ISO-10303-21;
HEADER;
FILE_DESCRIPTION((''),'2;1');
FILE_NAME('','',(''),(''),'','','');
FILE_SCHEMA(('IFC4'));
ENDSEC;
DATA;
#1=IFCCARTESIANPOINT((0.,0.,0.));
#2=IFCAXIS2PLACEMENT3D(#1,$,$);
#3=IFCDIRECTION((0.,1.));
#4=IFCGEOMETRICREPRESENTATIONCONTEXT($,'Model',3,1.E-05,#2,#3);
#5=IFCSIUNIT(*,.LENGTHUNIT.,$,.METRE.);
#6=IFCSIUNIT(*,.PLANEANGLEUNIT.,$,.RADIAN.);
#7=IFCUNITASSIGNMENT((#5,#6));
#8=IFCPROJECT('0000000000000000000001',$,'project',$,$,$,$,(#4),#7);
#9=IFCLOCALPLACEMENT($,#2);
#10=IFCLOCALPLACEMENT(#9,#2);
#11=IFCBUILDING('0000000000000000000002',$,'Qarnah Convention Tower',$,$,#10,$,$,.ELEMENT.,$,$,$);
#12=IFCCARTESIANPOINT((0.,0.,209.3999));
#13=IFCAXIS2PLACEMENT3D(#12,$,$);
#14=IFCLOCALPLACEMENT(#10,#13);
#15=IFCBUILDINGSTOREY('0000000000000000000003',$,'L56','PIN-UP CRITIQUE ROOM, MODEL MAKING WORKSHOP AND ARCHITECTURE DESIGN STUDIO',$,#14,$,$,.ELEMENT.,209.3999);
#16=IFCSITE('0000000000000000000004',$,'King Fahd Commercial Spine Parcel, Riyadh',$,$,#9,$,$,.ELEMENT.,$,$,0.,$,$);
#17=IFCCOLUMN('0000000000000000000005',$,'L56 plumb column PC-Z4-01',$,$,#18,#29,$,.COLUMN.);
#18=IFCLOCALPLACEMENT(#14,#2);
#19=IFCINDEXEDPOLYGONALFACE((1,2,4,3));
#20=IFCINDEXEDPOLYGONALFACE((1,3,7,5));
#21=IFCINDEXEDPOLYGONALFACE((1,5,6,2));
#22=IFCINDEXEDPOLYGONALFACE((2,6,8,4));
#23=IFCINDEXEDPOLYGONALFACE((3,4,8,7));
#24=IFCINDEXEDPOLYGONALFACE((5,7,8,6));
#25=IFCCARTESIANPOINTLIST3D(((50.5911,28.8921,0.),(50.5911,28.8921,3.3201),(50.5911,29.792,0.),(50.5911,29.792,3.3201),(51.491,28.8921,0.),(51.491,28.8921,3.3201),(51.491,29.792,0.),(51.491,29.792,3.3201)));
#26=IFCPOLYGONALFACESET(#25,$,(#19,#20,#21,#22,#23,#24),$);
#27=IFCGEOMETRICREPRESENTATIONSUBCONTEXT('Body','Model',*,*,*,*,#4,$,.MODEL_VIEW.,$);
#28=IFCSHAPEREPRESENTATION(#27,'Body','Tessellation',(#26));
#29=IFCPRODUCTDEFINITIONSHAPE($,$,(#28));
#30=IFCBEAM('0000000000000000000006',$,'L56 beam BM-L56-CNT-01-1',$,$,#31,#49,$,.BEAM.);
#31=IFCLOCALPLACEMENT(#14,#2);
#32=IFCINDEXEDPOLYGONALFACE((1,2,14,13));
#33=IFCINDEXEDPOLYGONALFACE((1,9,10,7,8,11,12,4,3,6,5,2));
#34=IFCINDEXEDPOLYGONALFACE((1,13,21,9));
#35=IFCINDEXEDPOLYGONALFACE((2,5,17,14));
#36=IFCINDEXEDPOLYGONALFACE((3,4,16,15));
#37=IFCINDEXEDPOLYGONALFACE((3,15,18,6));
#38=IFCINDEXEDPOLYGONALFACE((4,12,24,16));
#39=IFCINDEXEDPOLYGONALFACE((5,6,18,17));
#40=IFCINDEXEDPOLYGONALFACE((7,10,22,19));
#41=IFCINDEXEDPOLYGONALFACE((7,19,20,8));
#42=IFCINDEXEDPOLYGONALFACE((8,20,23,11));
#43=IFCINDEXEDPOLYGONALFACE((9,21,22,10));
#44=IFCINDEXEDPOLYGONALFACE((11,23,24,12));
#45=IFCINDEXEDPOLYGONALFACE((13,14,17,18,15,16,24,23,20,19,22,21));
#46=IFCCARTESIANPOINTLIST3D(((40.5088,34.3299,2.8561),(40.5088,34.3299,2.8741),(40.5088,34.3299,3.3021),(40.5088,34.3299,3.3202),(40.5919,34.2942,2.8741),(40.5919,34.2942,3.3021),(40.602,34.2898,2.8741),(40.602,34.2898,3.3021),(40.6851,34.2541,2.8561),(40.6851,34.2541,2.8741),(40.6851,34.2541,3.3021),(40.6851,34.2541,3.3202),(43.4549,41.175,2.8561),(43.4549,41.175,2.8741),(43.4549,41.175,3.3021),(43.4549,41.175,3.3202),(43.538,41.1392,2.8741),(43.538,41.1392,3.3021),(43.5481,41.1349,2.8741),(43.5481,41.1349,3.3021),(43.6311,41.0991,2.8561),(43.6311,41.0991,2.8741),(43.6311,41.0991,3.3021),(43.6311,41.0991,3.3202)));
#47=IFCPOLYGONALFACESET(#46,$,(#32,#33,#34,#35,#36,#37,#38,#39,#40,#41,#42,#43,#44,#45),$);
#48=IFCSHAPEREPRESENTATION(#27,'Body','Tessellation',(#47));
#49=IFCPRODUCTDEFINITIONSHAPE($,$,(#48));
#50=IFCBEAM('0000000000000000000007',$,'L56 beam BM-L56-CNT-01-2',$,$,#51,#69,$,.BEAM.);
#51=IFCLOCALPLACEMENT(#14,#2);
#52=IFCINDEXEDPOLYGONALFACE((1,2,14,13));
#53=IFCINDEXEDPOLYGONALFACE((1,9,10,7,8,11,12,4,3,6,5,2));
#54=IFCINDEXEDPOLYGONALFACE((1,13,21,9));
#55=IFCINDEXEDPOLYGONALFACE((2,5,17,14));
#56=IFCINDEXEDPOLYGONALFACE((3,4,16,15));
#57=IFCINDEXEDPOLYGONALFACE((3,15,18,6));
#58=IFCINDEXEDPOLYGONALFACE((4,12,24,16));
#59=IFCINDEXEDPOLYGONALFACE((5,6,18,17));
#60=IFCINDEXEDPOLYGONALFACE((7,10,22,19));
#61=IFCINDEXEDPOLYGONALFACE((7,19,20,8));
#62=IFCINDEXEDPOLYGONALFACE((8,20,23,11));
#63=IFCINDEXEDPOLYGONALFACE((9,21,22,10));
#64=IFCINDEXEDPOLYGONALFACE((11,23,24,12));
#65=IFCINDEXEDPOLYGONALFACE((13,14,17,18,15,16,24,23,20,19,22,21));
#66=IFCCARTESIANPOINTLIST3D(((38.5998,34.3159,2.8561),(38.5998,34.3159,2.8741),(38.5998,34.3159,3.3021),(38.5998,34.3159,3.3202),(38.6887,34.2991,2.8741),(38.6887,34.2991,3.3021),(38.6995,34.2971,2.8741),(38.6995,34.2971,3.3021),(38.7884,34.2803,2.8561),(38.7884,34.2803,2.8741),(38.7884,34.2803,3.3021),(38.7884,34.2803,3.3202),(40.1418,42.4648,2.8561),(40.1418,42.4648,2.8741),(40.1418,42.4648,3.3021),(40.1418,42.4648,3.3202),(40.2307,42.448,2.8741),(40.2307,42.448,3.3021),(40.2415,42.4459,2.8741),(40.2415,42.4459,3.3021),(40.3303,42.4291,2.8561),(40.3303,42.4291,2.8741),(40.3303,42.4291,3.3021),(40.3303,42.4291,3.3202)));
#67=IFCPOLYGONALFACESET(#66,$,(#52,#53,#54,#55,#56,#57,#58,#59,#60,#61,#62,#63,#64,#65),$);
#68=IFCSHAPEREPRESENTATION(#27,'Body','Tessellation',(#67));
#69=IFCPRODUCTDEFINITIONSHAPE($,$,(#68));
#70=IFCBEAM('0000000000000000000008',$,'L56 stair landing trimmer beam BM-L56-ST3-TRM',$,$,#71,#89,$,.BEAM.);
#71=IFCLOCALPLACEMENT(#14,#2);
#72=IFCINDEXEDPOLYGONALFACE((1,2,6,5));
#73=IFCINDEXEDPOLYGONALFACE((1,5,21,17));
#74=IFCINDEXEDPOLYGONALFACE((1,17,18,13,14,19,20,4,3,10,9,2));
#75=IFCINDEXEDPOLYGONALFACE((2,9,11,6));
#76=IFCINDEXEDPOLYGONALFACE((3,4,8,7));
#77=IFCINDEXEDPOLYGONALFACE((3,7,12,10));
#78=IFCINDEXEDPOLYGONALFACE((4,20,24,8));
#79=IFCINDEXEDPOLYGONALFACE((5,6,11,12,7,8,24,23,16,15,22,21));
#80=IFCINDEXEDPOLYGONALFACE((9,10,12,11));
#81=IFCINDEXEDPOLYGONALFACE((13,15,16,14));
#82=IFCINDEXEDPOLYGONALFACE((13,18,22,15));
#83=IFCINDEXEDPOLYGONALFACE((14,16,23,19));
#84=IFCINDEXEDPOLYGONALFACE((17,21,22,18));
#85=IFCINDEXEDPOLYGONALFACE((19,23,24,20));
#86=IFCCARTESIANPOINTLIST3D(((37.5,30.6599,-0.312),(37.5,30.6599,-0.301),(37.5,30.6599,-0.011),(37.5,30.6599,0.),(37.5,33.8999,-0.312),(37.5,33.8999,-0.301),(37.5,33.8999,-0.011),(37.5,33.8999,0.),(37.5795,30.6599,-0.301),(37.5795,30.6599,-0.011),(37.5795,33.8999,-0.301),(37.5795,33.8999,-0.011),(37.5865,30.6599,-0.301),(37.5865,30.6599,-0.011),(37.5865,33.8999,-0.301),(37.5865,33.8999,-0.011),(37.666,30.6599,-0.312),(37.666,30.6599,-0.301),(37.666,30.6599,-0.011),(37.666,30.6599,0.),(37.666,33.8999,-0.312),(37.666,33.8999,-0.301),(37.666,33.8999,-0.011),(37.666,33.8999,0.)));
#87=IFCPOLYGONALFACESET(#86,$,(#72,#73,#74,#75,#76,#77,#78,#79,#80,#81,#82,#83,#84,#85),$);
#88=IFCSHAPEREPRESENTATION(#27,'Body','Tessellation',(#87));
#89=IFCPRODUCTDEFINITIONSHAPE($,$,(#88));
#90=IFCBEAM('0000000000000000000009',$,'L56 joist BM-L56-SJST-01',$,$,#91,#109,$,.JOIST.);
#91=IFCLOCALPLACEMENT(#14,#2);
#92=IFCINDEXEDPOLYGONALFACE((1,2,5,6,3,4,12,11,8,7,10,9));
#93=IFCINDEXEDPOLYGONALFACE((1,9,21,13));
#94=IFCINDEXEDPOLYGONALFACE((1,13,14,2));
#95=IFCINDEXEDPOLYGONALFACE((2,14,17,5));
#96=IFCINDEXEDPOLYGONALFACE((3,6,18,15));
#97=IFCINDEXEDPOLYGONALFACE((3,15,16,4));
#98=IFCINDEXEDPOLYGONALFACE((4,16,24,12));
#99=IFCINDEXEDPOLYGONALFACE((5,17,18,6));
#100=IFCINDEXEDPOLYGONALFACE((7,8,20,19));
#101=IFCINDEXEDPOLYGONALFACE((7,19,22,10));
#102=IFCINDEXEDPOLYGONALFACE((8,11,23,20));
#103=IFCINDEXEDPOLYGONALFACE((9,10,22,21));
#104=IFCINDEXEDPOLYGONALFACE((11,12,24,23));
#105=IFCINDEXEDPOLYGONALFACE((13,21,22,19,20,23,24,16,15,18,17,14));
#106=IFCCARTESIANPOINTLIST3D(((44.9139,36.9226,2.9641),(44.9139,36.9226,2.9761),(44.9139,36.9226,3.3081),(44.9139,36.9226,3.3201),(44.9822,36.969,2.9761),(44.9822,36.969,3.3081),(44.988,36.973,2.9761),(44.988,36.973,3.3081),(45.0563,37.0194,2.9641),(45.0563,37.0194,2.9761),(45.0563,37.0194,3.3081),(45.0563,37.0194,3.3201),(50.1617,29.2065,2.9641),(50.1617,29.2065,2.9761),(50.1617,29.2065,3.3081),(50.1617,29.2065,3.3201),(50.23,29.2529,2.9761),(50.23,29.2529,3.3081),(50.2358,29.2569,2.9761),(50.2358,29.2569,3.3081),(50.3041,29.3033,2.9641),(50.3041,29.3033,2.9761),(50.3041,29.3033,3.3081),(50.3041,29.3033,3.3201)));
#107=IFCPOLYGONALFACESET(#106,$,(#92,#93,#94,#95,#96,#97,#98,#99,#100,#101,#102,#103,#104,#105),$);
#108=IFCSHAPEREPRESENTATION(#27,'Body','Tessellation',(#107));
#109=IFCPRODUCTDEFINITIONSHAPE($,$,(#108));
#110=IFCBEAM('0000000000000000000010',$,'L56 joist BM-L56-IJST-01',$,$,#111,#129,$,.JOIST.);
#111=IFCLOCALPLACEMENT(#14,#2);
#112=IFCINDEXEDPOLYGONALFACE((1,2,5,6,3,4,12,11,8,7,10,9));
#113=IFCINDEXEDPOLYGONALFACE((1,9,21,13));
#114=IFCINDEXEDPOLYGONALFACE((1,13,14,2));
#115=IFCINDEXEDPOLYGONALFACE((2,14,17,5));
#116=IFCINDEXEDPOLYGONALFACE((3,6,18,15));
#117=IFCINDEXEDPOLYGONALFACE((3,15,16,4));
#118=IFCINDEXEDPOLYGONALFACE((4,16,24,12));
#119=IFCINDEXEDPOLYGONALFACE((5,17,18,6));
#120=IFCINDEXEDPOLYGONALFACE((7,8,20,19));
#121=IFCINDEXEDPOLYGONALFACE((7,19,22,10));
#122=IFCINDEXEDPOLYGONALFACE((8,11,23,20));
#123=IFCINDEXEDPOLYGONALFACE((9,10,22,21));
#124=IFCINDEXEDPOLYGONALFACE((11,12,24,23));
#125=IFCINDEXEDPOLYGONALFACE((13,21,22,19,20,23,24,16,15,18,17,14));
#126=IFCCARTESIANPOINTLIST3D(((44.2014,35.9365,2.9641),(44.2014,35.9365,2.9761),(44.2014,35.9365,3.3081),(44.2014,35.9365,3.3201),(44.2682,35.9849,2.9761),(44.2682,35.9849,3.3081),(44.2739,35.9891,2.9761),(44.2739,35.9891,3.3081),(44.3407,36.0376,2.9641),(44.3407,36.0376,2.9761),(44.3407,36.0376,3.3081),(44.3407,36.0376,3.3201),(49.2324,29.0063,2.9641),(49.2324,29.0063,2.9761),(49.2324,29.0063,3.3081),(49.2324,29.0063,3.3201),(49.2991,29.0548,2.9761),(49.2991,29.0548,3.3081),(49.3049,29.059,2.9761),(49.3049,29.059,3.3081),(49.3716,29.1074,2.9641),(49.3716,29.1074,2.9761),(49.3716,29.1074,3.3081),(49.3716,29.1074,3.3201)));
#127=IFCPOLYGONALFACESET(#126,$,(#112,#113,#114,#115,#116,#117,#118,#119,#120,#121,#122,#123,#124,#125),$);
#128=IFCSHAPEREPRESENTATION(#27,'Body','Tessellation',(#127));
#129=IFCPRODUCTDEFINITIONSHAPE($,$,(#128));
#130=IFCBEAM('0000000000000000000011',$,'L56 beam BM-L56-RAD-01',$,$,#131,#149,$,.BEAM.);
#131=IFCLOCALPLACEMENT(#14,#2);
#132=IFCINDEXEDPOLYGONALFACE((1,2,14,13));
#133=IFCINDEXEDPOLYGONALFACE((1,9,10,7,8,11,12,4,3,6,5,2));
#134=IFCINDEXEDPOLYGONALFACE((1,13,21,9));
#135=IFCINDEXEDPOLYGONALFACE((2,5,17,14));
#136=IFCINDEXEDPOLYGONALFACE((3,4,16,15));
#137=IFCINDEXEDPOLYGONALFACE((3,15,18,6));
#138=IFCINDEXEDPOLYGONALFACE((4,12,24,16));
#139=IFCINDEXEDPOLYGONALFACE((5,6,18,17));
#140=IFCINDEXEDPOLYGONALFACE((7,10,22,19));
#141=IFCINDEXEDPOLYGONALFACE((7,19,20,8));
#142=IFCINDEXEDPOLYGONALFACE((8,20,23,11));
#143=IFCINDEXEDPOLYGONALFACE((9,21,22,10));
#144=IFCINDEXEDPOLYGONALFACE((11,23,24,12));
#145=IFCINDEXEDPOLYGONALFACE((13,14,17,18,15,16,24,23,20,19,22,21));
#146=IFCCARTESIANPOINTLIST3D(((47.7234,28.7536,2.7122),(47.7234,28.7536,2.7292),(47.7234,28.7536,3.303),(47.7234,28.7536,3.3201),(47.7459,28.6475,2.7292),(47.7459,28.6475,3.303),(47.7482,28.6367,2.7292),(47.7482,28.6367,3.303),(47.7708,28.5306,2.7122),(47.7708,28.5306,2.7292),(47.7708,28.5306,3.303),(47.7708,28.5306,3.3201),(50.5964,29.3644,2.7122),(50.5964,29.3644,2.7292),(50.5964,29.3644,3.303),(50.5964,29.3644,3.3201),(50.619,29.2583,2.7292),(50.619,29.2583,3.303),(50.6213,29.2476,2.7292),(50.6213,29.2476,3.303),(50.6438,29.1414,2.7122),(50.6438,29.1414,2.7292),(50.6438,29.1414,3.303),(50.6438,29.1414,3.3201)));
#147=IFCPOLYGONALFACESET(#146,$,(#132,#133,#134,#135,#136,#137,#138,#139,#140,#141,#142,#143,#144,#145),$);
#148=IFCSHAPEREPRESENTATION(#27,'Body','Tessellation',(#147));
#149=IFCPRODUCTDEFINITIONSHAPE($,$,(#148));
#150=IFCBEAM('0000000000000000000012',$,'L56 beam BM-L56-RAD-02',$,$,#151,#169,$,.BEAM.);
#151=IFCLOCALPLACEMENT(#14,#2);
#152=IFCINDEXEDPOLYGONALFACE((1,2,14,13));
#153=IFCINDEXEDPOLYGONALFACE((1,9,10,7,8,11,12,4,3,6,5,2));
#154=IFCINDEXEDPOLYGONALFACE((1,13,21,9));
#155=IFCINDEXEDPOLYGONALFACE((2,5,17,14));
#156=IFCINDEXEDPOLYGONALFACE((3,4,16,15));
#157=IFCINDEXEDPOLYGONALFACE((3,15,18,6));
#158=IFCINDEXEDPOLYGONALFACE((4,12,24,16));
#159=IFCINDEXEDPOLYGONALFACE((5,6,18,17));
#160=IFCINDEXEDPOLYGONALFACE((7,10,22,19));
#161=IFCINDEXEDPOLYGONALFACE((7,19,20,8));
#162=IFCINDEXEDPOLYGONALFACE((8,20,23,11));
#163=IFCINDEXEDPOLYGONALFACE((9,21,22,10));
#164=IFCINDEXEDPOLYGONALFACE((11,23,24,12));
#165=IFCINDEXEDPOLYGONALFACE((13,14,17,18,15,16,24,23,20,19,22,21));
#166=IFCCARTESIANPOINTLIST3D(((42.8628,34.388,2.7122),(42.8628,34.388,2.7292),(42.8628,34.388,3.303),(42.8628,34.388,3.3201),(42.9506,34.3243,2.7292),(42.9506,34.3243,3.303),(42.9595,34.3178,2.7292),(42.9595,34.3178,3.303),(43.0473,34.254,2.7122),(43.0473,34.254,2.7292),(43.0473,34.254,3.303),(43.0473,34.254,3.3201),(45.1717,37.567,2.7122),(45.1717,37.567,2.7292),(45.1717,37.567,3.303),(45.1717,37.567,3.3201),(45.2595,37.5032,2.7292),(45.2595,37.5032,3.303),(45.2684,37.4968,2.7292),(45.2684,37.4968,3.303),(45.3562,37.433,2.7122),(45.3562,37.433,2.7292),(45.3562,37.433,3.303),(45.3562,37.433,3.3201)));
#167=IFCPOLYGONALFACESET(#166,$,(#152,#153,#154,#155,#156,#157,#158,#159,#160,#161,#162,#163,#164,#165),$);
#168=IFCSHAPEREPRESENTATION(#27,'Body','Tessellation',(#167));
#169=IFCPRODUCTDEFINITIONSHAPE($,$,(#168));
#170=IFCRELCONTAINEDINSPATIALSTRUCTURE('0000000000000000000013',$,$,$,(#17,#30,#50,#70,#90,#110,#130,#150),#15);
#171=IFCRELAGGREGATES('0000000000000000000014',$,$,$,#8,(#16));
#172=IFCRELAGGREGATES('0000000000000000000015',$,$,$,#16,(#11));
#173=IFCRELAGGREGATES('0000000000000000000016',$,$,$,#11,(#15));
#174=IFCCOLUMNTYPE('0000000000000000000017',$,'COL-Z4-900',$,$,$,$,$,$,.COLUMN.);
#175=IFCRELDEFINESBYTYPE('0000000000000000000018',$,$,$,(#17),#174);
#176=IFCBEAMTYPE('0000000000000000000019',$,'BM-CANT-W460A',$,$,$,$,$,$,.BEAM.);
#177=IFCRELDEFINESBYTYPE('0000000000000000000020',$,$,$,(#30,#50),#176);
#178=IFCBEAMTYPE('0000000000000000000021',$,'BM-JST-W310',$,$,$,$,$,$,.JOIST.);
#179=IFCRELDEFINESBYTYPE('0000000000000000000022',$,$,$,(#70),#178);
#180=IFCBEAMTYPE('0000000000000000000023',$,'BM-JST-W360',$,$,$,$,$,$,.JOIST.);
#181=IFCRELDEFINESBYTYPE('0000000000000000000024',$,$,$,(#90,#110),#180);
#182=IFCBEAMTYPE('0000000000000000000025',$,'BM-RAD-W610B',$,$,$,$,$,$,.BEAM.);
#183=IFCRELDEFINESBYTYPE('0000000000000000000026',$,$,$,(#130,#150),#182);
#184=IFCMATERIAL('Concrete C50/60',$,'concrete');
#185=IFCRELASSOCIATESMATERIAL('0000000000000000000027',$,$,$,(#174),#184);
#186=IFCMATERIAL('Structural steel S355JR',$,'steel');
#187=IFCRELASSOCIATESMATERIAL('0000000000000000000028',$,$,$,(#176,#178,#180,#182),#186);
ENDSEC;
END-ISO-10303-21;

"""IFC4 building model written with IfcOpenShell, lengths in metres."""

from ifc_helpers import new_model, si_unit, direction, frame, origin, origin_2d, place, context, subcontext, project, spatial, rectangle, i_section, extrude, material, material_profile, profile_set, type_object, element, save


model = new_model("IFC4")

# Units and contexts
model_context = context("Model", 3, precision=1e-05, world=origin(), true_north=direction((0.0, 1.0)))
body_context = subcontext(model_context, "Body", "Model", "MODEL_VIEW")
ifc_project = project(units=[si_unit("LENGTHUNIT", "METRE"), si_unit("PLANEANGLEUNIT", "RADIAN")], contexts=[model_context])

# Site, building, storey
site_placement = place(None, origin())
site = spatial("IfcSite", under=ifc_project, at=site_placement, Name="King Fahd Commercial Spine Parcel, Riyadh", CompositionType="ELEMENT", RefElevation=0.0)
building_placement = place(site_placement, origin())
building = spatial("IfcBuilding", under=site, at=building_placement, Name="Qarnah Convention Tower", CompositionType="ELEMENT")
storey_placement = place(building_placement, frame((0.0, 0.0, 209.3999)))
storey = spatial("IfcBuildingStorey", under=building, at=storey_placement, Name="L56", Description="PIN-UP CRITIQUE ROOM, MODEL MAKING WORKSHOP AND ARCHITECTURE DESIGN STUDIO", CompositionType="ELEMENT", Elevation=209.3999)

# Column
ifc_material_1 = material(Name="Concrete C50/60", Category="concrete")
ifc_material_profile_1 = material_profile(ifc_material_1, rectangle(XDim=0.8999, YDim=0.8999, at=origin_2d()), Name="RC-COL-900X900")
ifc_profile_set_1 = profile_set([ifc_material_profile_1], Name="Concrete C50/60")
column_type = type_object("IfcColumnType", Name="COL-Z4-900", PredefinedType="COLUMN", material=ifc_profile_set_1)
column_placement = place(storey_placement, frame((51.041, 29.342, 0.0), z_axis=(0.0, 0.0, 1.0), x_axis=(1.0, 0.0, 0.0)))
element("IfcColumn", 1, at=column_placement, inside=storey, type_object=column_type, Name="L56 plumb column PC-Z4-01", PredefinedType="COLUMN", context=body_context, shape_type="SweptSolid", body=[
    extrude(rectangle(XDim=0.8999, YDim=0.8999, at=origin_2d()), origin(), (0.0, 0.0, 1.0), 3.3201),
])

# Beams
ifc_material_2 = material(Name="Structural steel S355JR", Category="steel")
ifc_material_profile_2 = material_profile(ifc_material_2, i_section(OverallWidth=0.1919, OverallDepth=0.4641, WebThickness=0.011, FlangeThickness=0.0181, at=origin_2d()), Name="W460X89")
ifc_profile_set_2 = profile_set([ifc_material_profile_2], Name="Structural steel S355JR")
beam_type_1 = type_object("IfcBeamType", Name="BM-CANT-W460A", PredefinedType="BEAM", material=ifc_profile_set_2)
beam_1_placement = place(storey_placement, frame((40.5969, 34.292, 3.0881), z_axis=(0.395334, 0.918537, 0.0), x_axis=(-0.918537, 0.395334, 0.0)))
element("IfcBeam", 2, at=beam_1_placement, inside=storey, type_object=beam_type_1, Name="L56 beam BM-L56-CNT-01-1", PredefinedType="BEAM", context=body_context, shape_type="SweptSolid", body=[
    extrude(i_section(OverallWidth=0.1919, OverallDepth=0.4641, WebThickness=0.011, FlangeThickness=0.0181, at=origin_2d()), origin(), (0.0, 0.0, 1.0), 7.4521),
])
beam_2_placement = place(storey_placement, frame((38.6941, 34.2981, 3.0881), z_axis=(0.185927, 0.982564, 0.0), x_axis=(-0.982564, 0.185927, 0.0)))
element("IfcBeam", 3, at=beam_2_placement, inside=storey, type_object=beam_type_1, Name="L56 beam BM-L56-CNT-01-2", PredefinedType="BEAM", context=body_context, shape_type="SweptSolid", body=[
    extrude(i_section(OverallWidth=0.1919, OverallDepth=0.4641, WebThickness=0.011, FlangeThickness=0.0181, at=origin_2d()), origin(), (0.0, 0.0, 1.0), 8.2935),
])
ifc_material_profile_3 = material_profile(ifc_material_2, i_section(OverallWidth=0.166, OverallDepth=0.312, WebThickness=0.0071, FlangeThickness=0.011, at=origin_2d()), Name="W310X45")
ifc_profile_set_3 = profile_set([ifc_material_profile_3], Name="Structural steel S355JR")
beam_type_2 = type_object("IfcBeamType", Name="BM-JST-W310", PredefinedType="JOIST", material=ifc_profile_set_3)
beam_3_placement = place(storey_placement, frame((37.583, 30.6599, -0.156), z_axis=(0.0, 1.0, 0.0), x_axis=(-1.0, 0.0, 0.0)))
element("IfcBeam", 4, at=beam_3_placement, inside=storey, type_object=beam_type_2, Name="L56 stair landing trimmer beam BM-L56-ST3-TRM", PredefinedType="BEAM", context=body_context, shape_type="SweptSolid", body=[
    extrude(i_section(OverallWidth=0.166, OverallDepth=0.312, WebThickness=0.0071, FlangeThickness=0.011, at=origin_2d()), origin(), (0.0, 0.0, 1.0), 3.24),
])
ifc_material_profile_4 = material_profile(ifc_material_2, i_section(OverallWidth=0.1721, OverallDepth=0.356, WebThickness=0.0071, FlangeThickness=0.012, at=origin_2d()), Name="W360X51")
ifc_profile_set_4 = profile_set([ifc_material_profile_4], Name="Structural steel S355JR")
beam_type_3 = type_object("IfcBeamType", Name="BM-JST-W360", PredefinedType="JOIST", material=ifc_profile_set_4)
beam_4_placement = place(storey_placement, frame((50.2329, 29.2549, 3.1421), z_axis=(-0.562374, 0.826883, 0.0), x_axis=(-0.826883, -0.562374, 0.0)))
element("IfcBeam", 5, at=beam_4_placement, inside=storey, type_object=beam_type_3, Name="L56 joist BM-L56-SJST-01", PredefinedType="JOIST", context=body_context, shape_type="SweptSolid", body=[
    extrude(i_section(OverallWidth=0.1721, OverallDepth=0.356, WebThickness=0.0071, FlangeThickness=0.012, at=origin_2d()), origin(), (0.0, 0.0, 1.0), 9.3315),
])
beam_5_placement = place(storey_placement, frame((49.302, 29.0569, 3.1421), z_axis=(-0.587475, 0.809242, 0.0), x_axis=(-0.809242, -0.587475, 0.0)))
element("IfcBeam", 6, at=beam_5_placement, inside=storey, type_object=beam_type_3, Name="L56 joist BM-L56-IJST-01", PredefinedType="JOIST", context=body_context, shape_type="SweptSolid", body=[
    extrude(i_section(OverallWidth=0.1721, OverallDepth=0.356, WebThickness=0.0071, FlangeThickness=0.012, at=origin_2d()), origin(), (0.0, 0.0, 1.0), 8.5637),
])
ifc_material_profile_5 = material_profile(ifc_material_2, i_section(OverallWidth=0.228, OverallDepth=0.6079, WebThickness=0.011, FlangeThickness=0.0171, at=origin_2d()), Name="W610X113")
ifc_profile_set_5 = profile_set([ifc_material_profile_5], Name="Structural steel S355JR")
beam_type_4 = type_object("IfcBeamType", Name="BM-RAD-W610B", PredefinedType="BEAM", material=ifc_profile_set_5)
beam_6_placement = place(storey_placement, frame((47.7471, 28.6421, 3.0161), z_axis=(0.978137, 0.207962, 0.0), x_axis=(-0.207962, 0.978137, 0.0)))
element("IfcBeam", 7, at=beam_6_placement, inside=storey, type_object=beam_type_4, Name="L56 beam BM-L56-RAD-01", PredefinedType="BEAM", context=body_context, shape_type="SweptSolid", body=[
    extrude(i_section(OverallWidth=0.228, OverallDepth=0.6079, WebThickness=0.011, FlangeThickness=0.0171, at=origin_2d()), origin(), (0.0, 0.0, 1.0), 2.9373),
])
beam_7_placement = place(storey_placement, frame((42.9551, 34.321, 3.0161), z_axis=(0.587651, 0.809115, 0.0), x_axis=(-0.809115, 0.587651, 0.0)))
element("IfcBeam", 8, at=beam_7_placement, inside=storey, type_object=beam_type_4, Name="L56 beam BM-L56-RAD-02", PredefinedType="BEAM", context=body_context, shape_type="SweptSolid", body=[
    extrude(i_section(OverallWidth=0.228, OverallDepth=0.6079, WebThickness=0.011, FlangeThickness=0.0171, at=origin_2d()), origin(), (0.0, 0.0, 1.0), 3.929),
])

save(model, "model.ifc")
